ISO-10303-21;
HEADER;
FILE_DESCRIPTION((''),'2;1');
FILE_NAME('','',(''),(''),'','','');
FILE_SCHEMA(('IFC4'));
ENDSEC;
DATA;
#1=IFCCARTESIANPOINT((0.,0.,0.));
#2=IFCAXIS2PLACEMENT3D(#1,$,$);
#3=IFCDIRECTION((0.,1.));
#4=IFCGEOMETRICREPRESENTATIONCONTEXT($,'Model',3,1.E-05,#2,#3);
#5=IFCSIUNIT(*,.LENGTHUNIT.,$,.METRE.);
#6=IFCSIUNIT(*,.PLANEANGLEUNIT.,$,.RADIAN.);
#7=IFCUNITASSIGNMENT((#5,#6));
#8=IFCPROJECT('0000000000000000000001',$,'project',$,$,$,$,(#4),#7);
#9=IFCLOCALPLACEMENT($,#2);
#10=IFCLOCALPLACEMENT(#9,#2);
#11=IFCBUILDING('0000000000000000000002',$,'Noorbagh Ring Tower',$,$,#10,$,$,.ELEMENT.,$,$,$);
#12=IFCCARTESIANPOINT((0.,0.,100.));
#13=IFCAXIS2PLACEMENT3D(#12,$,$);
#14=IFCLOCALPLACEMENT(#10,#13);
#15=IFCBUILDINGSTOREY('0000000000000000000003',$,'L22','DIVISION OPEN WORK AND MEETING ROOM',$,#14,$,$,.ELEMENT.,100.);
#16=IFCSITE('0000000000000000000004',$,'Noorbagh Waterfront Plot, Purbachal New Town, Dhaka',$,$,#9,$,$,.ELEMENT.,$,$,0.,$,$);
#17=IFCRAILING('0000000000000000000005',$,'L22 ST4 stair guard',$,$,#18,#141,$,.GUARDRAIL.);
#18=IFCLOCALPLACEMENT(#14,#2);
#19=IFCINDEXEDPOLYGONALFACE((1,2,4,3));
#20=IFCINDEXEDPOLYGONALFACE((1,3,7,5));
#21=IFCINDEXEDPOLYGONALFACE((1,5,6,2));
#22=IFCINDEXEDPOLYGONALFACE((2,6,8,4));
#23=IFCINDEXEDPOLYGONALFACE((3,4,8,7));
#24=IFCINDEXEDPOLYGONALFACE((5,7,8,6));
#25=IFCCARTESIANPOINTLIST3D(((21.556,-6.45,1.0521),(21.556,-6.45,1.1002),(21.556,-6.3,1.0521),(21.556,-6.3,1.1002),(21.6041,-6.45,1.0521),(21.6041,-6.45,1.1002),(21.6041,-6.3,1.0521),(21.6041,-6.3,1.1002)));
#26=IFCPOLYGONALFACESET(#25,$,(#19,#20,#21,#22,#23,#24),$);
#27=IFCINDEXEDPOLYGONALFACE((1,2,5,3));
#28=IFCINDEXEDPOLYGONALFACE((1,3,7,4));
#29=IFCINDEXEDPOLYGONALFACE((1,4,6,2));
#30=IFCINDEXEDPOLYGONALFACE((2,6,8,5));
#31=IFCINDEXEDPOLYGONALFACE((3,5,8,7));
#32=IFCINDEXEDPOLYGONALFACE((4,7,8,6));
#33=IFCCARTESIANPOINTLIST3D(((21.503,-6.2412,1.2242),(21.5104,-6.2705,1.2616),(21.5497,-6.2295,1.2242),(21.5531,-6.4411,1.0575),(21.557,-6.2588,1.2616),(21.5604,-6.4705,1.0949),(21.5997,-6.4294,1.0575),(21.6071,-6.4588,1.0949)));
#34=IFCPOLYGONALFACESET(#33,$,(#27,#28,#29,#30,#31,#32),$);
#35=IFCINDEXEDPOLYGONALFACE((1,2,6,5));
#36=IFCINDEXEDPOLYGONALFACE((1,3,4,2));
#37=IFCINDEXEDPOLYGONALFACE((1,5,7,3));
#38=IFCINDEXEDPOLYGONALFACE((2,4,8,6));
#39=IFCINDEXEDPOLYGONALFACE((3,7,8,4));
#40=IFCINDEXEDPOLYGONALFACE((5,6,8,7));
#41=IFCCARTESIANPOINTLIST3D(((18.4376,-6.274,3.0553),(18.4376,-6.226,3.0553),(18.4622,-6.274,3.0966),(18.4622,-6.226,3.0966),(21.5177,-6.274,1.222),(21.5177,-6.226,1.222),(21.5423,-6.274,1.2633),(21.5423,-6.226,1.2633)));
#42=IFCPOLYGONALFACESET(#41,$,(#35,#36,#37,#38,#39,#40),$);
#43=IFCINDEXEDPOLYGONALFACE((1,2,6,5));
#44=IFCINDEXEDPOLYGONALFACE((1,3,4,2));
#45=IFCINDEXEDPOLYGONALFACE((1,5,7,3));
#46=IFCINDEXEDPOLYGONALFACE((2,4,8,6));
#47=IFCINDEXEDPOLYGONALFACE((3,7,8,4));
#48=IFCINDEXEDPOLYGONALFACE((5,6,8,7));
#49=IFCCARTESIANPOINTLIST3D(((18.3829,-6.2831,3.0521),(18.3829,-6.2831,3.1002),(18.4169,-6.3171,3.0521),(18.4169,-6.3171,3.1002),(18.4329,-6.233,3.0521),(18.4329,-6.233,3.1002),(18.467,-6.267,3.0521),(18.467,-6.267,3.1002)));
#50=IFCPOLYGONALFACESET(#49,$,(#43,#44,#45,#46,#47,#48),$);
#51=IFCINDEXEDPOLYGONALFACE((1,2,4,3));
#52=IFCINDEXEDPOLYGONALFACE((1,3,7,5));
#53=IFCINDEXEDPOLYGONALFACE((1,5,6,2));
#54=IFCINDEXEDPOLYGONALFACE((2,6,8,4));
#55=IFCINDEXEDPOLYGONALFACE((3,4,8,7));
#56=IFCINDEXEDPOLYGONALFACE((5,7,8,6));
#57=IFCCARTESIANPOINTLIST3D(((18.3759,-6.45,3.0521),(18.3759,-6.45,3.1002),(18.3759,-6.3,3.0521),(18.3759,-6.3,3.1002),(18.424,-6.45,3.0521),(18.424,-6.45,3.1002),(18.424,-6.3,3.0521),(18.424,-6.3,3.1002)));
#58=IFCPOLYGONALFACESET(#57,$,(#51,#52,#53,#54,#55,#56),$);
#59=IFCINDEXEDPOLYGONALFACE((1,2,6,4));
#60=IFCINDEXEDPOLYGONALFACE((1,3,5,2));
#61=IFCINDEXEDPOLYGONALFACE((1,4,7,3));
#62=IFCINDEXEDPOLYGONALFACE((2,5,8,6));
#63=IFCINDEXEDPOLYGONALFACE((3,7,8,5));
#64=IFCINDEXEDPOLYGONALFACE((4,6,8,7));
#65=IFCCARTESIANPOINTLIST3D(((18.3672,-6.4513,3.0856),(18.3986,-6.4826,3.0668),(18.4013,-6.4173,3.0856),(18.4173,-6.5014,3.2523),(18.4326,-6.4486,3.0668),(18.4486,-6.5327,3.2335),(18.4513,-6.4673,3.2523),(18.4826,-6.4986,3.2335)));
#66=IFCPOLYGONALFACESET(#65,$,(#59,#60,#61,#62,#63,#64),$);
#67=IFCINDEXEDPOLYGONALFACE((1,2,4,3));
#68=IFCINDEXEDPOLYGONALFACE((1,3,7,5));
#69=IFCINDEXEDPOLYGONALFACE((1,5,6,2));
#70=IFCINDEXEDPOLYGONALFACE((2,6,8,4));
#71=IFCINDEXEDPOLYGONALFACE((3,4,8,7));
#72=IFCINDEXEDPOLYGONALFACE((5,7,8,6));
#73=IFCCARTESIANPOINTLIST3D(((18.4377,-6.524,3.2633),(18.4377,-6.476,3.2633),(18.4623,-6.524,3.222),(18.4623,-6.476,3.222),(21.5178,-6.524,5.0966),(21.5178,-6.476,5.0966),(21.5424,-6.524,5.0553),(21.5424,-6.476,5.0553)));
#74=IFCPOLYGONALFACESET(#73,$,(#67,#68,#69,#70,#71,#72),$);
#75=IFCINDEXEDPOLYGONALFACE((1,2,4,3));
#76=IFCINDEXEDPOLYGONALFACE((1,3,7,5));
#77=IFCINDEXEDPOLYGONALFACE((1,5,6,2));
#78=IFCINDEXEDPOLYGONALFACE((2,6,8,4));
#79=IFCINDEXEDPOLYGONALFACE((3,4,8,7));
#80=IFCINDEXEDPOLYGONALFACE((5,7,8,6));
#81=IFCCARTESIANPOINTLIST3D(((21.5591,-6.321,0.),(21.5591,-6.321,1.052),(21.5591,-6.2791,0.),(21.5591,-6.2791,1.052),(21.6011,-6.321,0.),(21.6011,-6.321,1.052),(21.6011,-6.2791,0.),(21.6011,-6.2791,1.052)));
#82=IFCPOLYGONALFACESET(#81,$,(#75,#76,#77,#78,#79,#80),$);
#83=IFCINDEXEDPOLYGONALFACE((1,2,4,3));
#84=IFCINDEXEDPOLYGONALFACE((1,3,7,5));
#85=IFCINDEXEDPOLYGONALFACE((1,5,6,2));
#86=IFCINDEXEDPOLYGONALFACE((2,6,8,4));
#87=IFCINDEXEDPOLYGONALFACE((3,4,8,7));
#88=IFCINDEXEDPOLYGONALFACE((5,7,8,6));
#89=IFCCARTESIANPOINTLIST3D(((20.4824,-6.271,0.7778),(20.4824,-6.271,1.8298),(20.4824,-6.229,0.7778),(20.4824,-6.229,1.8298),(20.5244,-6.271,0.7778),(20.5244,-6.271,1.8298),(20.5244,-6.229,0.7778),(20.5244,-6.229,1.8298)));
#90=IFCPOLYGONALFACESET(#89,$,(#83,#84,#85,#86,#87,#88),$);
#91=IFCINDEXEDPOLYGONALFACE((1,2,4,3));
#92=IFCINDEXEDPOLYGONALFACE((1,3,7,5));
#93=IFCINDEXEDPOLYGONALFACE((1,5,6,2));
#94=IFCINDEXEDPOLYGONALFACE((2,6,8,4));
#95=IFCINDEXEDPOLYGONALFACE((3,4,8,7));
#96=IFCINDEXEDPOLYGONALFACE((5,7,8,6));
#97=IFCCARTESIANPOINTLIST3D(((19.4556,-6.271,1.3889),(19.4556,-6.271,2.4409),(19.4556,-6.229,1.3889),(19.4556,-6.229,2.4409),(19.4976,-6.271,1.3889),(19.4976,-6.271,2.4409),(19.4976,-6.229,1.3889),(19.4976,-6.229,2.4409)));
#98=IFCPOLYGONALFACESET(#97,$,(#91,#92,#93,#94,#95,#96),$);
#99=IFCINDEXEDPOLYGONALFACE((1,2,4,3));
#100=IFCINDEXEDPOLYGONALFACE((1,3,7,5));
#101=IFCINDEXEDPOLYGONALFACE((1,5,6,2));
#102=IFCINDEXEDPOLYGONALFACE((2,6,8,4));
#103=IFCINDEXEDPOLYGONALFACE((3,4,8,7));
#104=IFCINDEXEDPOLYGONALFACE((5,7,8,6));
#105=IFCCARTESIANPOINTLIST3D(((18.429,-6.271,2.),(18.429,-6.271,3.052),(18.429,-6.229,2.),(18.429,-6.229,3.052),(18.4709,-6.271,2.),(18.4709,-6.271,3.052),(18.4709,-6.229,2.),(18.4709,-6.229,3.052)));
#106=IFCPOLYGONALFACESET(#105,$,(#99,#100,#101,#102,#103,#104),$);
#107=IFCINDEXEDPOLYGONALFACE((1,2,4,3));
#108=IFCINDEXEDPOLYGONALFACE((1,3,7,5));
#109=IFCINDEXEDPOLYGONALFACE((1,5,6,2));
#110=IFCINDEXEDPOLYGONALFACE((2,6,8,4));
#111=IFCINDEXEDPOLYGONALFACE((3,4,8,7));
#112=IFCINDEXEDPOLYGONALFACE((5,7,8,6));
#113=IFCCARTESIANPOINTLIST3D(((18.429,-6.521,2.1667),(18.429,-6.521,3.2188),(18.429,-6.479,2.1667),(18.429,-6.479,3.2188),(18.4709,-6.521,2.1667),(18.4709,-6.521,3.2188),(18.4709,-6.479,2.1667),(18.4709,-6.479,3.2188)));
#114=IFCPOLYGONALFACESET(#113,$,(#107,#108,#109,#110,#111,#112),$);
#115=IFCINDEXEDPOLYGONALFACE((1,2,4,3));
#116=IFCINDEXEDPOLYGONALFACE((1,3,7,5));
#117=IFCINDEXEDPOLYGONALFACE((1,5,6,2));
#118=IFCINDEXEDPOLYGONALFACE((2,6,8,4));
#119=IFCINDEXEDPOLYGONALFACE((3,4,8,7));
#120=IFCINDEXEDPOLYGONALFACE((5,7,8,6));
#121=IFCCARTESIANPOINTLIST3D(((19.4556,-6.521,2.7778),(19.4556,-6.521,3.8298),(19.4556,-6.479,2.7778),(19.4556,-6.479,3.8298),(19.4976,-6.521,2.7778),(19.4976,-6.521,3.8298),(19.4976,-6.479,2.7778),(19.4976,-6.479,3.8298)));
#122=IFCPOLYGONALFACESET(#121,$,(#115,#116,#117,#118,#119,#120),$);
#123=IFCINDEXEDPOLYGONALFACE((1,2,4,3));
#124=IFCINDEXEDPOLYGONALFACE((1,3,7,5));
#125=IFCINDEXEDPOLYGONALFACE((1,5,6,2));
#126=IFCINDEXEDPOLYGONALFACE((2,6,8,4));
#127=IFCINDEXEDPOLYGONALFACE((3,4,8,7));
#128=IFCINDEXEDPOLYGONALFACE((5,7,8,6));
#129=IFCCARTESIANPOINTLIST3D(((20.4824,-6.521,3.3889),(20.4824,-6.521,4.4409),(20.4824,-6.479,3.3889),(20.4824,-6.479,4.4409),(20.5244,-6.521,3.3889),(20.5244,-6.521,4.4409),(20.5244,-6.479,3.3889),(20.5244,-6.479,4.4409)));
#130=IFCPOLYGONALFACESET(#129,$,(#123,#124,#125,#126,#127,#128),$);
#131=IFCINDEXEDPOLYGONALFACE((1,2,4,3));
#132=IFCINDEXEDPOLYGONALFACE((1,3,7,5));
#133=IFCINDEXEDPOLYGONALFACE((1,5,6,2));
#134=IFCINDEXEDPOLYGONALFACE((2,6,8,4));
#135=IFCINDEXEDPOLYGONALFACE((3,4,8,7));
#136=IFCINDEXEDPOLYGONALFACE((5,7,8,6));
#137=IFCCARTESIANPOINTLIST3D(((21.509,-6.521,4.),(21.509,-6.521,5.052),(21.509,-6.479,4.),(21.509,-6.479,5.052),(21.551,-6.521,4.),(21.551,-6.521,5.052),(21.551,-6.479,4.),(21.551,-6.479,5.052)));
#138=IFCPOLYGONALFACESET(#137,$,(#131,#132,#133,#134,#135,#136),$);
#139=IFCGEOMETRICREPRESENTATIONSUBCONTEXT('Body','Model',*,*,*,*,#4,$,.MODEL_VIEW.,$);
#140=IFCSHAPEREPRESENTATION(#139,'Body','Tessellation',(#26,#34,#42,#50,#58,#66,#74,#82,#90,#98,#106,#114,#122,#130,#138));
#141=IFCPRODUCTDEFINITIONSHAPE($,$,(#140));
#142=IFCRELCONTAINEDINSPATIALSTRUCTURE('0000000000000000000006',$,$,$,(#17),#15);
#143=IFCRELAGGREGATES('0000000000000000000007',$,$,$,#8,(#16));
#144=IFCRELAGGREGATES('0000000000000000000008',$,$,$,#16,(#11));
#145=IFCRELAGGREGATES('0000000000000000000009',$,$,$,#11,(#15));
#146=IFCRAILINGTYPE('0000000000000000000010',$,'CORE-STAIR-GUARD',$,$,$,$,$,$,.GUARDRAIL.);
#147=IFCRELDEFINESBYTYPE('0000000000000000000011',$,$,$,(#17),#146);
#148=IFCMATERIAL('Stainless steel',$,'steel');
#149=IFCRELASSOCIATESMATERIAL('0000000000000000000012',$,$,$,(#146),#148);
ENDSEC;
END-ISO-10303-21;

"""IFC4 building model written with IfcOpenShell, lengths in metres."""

from ifc_helpers import new_model, si_unit, direction, frame, origin, origin_2d, place, context, subcontext, project, spatial, rectangle, extrude, material, type_object, element, save


model = new_model("IFC4")

# Units and contexts
model_context = context("Model", 3, precision=1e-05, world=origin(), true_north=direction((0.0, 1.0)))
body_context = subcontext(model_context, "Body", "Model", "MODEL_VIEW")
ifc_project = project(units=[si_unit("LENGTHUNIT", "METRE"), si_unit("PLANEANGLEUNIT", "RADIAN")], contexts=[model_context])

# Site, building, storey
site_placement = place(None, origin())
site = spatial("IfcSite", under=ifc_project, at=site_placement, Name="Noorbagh Waterfront Plot, Purbachal New Town, Dhaka", CompositionType="ELEMENT", RefElevation=0.0)
building_placement = place(site_placement, origin())
building = spatial("IfcBuilding", under=site, at=building_placement, Name="Noorbagh Ring Tower", CompositionType="ELEMENT")
storey_placement = place(building_placement, frame((0.0, 0.0, 100.0)))
storey = spatial("IfcBuildingStorey", under=building, at=storey_placement, Name="L22", Description="DIVISION OPEN WORK AND MEETING ROOM", CompositionType="ELEMENT", Elevation=100.0)

# Railing
ifc_material_1 = material(Name="Stainless steel", Category="steel")
railing_type_1 = type_object("IfcRailingType", Name="CORE-STAIR-GUARD", PredefinedType="GUARDRAIL", material=ifc_material_1)
railing_1_placement = place(storey_placement, frame((21.5801, -6.3, 0.0)))
element("IfcRailing", 1, at=railing_1_placement, inside=storey, type_object=railing_type_1, Name="L22 ST4 stair guard", PredefinedType="GUARDRAIL", context=body_context, shape_type="SweptSolid", body=[
    extrude(rectangle(XDim=0.0481, YDim=0.0481, at=origin_2d()), frame((0.0, 0.0, 1.0762), z_axis=(0.0, -1.0, 0.0), x_axis=(1.0, 0.0, 0.0)), (0.0, 0.0, 1.0), 0.1499),
    extrude(rectangle(XDim=0.0481, YDim=0.0481, at=origin_2d()), frame((0.0, -0.1499, 1.0762), z_axis=(-0.188776, 0.754182, 0.628946), x_axis=(-0.970073, -0.242814, 0.0)), (0.0, 0.0, 1.0), 0.2651),
    extrude(rectangle(XDim=0.0481, YDim=0.0481, at=origin_2d()), frame((-0.05, 0.05, 1.2427), z_axis=(-0.859309, 0.0, 0.511458), x_axis=(0.0, -1.0, 0.0)), (0.0, 0.0, 1.0), 3.5845),
    extrude(rectangle(XDim=0.0481, YDim=0.0481, at=origin_2d()), frame((-3.1301, 0.05, 3.0762), z_axis=(-0.707107, -0.707107, 0.0), x_axis=(0.707107, -0.707107, 0.0)), (0.0, 0.0, 1.0), 0.0708),
    extrude(rectangle(XDim=0.0481, YDim=0.0481, at=origin_2d()), frame((-3.1802, 0.0, 3.0762), z_axis=(0.0, -1.0, 0.0), x_axis=(1.0, 0.0, 0.0)), (0.0, 0.0, 1.0), 0.1499),
    extrude(rectangle(XDim=0.0481, YDim=0.0481, at=origin_2d()), frame((-3.1802, -0.1499, 3.0762), z_axis=(0.276287, -0.276287, 0.920506), x_axis=(0.707107, 0.707107, 0.0)), (0.0, 0.0, 1.0), 0.1812),
    extrude(rectangle(XDim=0.0481, YDim=0.0481, at=origin_2d()), frame((-3.1301, -0.2, 3.2427), z_axis=(0.859309, 0.0, 0.511458), x_axis=(0.0, 1.0, 0.0)), (0.0, 0.0, 1.0), 3.5845),
    extrude(rectangle(XDim=0.042, YDim=0.042, at=origin_2d()), origin(), (0.0, 0.0, 1.0), 1.052),
    extrude(rectangle(XDim=0.042, YDim=0.042, at=origin_2d()), frame((-1.0767, 0.05, 0.7778)), (0.0, 0.0, 1.0), 1.052),
    extrude(rectangle(XDim=0.042, YDim=0.042, at=origin_2d()), frame((-2.1035, 0.05, 1.3889)), (0.0, 0.0, 1.0), 1.052),
    extrude(rectangle(XDim=0.042, YDim=0.042, at=origin_2d()), frame((-3.1301, 0.05, 2.0)), (0.0, 0.0, 1.0), 1.052),
    extrude(rectangle(XDim=0.042, YDim=0.042, at=origin_2d()), frame((-3.1301, -0.2, 2.1667)), (0.0, 0.0, 1.0), 1.052),
    extrude(rectangle(XDim=0.042, YDim=0.042, at=origin_2d()), frame((-2.1035, -0.2, 2.7778)), (0.0, 0.0, 1.0), 1.052),
    extrude(rectangle(XDim=0.042, YDim=0.042, at=origin_2d()), frame((-1.0767, -0.2, 3.3889)), (0.0, 0.0, 1.0), 1.052),
    extrude(rectangle(XDim=0.042, YDim=0.042, at=origin_2d()), frame((-0.05, -0.2, 4.0)), (0.0, 0.0, 1.0), 1.052),
])

save(model, "model.ifc")
